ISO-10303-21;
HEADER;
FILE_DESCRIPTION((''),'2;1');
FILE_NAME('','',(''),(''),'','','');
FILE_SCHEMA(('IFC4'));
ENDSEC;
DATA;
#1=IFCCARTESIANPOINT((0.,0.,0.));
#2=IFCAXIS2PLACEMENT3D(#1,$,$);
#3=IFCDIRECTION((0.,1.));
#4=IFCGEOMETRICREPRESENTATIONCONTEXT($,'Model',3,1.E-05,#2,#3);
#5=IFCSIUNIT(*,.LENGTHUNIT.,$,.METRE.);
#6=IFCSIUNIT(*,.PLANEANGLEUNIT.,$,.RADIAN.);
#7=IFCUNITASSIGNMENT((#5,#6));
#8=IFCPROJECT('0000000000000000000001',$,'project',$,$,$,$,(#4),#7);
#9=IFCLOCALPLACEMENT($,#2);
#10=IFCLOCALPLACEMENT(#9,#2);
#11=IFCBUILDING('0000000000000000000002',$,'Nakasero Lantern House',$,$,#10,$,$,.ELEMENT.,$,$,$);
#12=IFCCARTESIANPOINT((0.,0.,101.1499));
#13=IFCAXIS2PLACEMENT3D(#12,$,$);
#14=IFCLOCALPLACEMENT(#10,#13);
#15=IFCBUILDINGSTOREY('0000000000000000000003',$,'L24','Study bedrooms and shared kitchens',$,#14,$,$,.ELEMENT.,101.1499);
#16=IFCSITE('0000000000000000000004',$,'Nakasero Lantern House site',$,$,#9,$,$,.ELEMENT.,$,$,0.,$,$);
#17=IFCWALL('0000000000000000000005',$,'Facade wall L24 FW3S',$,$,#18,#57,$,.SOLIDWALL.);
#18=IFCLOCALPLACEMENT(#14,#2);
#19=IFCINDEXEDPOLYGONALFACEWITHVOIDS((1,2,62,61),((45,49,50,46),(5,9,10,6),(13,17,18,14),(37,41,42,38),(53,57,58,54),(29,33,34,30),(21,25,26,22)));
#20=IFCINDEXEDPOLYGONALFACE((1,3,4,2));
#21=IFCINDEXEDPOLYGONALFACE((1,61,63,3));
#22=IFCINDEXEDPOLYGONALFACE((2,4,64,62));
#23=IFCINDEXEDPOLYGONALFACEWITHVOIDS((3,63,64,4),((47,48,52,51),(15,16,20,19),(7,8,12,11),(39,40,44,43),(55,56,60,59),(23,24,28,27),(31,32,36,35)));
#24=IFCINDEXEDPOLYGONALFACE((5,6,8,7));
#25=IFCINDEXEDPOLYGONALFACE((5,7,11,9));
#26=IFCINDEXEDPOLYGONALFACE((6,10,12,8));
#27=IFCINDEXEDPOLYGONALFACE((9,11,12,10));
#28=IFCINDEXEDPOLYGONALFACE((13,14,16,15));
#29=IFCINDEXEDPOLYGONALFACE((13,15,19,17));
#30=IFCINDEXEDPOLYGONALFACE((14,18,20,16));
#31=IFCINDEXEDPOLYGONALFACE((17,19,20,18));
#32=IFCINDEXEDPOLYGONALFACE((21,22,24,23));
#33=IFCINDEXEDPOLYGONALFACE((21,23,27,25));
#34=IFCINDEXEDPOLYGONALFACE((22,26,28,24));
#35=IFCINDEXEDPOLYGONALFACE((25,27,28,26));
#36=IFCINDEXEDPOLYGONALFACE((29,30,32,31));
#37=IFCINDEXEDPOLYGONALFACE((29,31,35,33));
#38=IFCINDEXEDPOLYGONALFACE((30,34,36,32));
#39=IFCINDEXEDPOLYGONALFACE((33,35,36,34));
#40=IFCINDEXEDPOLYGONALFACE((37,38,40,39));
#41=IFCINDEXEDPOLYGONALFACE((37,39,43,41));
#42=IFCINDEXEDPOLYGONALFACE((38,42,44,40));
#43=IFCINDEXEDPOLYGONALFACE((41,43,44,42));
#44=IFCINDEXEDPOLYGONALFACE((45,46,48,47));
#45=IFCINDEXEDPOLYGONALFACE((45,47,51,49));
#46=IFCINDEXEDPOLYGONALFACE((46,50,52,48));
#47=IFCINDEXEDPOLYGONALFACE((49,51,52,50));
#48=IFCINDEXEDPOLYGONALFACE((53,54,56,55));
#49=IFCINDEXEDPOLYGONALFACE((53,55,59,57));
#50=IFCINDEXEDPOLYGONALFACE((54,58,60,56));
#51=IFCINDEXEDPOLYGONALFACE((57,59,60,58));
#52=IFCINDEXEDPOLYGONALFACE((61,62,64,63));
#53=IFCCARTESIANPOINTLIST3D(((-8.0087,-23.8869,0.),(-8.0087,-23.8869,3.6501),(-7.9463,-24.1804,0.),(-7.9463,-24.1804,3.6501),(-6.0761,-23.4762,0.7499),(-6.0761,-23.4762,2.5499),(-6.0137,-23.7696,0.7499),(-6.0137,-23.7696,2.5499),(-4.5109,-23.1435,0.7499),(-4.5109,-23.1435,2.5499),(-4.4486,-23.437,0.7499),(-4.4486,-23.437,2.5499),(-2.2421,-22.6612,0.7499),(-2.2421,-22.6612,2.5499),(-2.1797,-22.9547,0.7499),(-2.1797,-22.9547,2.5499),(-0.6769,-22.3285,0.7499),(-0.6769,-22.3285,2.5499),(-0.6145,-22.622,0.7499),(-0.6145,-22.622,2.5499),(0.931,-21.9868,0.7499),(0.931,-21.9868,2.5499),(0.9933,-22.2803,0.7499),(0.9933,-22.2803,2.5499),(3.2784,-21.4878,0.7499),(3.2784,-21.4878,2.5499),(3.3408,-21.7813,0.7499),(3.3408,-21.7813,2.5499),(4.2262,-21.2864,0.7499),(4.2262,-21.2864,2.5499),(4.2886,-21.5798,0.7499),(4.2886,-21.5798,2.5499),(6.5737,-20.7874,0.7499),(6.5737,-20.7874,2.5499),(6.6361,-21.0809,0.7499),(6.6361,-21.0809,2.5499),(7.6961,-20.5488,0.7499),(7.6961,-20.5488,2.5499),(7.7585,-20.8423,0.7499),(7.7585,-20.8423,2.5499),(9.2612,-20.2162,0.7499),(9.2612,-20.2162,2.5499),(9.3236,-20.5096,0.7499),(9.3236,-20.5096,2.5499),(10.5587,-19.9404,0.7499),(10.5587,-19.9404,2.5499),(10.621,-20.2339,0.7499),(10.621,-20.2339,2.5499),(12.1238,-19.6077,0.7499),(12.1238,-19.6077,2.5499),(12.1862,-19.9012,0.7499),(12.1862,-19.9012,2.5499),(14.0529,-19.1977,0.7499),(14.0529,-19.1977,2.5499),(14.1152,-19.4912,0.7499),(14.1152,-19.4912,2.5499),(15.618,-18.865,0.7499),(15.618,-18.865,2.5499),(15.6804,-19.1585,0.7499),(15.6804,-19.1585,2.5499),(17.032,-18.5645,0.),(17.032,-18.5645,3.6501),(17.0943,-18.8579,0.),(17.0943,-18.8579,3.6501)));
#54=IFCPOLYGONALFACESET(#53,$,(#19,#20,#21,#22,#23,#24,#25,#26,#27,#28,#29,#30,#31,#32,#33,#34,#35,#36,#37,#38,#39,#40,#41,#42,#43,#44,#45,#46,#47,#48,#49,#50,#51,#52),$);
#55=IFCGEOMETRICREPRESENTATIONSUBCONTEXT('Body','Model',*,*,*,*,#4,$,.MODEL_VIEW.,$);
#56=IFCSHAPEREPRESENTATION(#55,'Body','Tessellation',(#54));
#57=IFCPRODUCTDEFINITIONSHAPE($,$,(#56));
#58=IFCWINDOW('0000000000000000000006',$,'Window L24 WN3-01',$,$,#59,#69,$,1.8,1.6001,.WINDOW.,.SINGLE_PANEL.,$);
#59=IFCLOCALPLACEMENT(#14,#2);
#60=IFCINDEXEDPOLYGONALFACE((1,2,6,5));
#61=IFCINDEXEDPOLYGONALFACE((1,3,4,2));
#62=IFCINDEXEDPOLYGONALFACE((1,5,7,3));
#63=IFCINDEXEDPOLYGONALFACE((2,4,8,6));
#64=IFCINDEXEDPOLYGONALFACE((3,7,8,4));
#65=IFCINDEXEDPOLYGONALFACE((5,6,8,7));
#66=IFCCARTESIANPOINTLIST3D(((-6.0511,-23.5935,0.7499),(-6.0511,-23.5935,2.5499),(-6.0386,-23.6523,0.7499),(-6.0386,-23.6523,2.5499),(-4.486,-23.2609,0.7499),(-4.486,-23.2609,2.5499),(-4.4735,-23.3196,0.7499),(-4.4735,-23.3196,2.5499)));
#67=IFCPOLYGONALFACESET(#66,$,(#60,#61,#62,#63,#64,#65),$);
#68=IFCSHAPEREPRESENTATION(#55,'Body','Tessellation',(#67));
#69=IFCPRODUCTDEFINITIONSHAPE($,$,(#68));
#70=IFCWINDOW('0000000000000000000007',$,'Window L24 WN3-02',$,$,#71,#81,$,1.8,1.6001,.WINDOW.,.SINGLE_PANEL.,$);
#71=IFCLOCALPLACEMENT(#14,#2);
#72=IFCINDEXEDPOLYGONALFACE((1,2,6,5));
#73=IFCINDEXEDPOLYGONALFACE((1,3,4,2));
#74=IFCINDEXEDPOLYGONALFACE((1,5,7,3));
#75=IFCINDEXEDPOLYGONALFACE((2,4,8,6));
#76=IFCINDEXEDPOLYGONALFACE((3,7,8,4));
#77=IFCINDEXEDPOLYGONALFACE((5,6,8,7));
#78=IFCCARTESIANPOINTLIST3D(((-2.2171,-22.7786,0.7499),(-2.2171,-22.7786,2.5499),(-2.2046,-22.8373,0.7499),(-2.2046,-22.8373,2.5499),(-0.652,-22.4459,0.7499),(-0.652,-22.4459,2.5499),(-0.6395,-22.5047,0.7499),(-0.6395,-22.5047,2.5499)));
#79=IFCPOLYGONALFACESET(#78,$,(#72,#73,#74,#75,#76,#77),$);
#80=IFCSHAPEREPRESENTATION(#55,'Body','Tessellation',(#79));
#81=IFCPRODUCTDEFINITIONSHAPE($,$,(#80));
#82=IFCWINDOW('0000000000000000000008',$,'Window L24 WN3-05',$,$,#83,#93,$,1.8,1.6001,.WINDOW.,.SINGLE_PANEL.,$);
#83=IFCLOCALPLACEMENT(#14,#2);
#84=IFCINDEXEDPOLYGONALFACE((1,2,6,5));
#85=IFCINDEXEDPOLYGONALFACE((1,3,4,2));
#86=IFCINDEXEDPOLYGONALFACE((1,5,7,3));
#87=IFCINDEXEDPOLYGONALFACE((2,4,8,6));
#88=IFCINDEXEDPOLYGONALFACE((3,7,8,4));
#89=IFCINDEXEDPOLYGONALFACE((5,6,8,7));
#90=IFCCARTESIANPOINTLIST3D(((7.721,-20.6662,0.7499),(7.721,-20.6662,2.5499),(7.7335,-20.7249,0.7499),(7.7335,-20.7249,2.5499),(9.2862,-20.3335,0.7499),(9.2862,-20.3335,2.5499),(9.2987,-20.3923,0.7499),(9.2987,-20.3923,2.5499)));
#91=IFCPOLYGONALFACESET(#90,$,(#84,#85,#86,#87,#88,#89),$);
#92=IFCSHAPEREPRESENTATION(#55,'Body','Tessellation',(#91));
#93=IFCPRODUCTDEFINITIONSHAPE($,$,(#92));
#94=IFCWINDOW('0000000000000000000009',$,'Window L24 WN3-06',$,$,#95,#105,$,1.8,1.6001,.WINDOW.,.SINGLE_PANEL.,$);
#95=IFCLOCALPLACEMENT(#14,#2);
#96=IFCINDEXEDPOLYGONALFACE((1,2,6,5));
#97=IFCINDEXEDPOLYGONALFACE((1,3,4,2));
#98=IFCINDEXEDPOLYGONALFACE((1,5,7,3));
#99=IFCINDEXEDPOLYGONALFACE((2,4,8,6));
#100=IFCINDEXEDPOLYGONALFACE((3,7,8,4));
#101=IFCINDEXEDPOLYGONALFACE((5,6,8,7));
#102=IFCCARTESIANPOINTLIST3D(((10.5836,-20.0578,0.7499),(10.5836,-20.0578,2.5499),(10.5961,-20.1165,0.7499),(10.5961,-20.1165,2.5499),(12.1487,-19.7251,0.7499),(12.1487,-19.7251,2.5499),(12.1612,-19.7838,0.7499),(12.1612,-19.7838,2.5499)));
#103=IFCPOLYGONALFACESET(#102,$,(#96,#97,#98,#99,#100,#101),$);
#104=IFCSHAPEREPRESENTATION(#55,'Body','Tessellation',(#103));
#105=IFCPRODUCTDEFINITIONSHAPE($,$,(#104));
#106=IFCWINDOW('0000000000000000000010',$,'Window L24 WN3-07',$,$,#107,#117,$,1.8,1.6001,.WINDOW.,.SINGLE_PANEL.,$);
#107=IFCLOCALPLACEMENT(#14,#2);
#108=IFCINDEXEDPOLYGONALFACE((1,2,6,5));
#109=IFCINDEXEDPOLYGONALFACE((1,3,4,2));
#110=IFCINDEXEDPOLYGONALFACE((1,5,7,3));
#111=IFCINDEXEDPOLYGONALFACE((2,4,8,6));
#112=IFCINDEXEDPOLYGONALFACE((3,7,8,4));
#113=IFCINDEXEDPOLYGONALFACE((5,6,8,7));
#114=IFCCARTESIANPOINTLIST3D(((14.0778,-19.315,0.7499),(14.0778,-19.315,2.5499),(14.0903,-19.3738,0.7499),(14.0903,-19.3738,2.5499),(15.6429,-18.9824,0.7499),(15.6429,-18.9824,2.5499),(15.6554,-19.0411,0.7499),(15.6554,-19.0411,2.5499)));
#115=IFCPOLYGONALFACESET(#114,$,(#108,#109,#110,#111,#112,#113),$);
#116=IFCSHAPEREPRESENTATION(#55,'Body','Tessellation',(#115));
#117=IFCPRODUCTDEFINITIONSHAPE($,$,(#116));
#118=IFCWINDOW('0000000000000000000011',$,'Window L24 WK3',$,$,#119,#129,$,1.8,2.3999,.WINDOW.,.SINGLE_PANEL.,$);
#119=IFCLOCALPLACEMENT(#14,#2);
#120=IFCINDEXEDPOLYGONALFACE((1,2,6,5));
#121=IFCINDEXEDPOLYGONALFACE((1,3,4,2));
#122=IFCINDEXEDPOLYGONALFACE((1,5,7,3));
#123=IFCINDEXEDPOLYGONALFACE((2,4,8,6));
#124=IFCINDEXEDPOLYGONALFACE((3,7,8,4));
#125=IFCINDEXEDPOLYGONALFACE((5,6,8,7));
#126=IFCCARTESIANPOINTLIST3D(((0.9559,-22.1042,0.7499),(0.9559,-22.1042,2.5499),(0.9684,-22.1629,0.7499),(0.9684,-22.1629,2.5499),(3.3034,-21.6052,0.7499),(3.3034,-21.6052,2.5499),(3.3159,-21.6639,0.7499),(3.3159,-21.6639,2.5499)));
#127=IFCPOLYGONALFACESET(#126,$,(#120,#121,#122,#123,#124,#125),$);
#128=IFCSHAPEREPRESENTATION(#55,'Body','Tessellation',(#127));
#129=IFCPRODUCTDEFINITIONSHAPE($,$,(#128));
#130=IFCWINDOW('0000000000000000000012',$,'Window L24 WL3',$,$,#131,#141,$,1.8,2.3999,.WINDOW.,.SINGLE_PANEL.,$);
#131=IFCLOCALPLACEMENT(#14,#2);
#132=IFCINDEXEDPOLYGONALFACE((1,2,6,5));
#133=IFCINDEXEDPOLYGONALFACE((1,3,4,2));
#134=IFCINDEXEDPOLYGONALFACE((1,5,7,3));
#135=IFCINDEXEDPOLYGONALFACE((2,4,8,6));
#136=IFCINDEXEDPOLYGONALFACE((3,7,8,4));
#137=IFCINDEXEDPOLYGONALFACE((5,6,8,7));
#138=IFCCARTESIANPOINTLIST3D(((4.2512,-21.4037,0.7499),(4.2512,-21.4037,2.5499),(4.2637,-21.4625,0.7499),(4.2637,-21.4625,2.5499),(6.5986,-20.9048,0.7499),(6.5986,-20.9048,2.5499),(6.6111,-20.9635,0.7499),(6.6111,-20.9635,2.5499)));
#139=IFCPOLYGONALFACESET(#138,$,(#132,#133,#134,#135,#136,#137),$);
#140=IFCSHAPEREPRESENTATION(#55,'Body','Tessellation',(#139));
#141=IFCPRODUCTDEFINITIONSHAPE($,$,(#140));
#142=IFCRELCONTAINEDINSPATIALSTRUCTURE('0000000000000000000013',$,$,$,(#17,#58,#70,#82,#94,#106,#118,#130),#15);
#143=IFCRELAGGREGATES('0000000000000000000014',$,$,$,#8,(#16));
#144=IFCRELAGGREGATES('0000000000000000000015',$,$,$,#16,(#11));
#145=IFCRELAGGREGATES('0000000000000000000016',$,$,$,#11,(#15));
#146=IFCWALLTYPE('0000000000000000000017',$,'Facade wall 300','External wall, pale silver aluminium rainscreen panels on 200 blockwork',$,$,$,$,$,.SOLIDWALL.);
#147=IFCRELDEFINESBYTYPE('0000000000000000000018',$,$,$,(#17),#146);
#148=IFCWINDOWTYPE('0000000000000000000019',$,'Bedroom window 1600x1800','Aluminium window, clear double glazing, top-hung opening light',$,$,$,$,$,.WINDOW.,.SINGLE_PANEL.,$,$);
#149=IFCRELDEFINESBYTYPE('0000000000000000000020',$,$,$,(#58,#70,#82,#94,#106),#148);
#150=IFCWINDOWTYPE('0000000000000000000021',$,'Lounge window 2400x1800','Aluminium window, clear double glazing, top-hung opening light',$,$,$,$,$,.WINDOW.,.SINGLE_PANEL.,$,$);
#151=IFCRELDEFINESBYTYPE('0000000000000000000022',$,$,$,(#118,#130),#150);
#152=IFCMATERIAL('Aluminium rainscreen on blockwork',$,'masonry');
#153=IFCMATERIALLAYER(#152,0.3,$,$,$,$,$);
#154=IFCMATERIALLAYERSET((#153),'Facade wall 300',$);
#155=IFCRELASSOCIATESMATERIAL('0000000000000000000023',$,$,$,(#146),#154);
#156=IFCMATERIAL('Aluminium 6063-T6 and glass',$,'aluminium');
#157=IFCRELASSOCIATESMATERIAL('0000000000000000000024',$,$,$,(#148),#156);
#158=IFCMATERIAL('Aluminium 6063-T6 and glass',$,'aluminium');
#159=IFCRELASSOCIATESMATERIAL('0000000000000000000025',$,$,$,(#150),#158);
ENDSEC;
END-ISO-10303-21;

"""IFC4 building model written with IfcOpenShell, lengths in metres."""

from ifc_helpers import new_model, si_unit, direction, frame, frame_2d, origin, place, context, subcontext, project, spatial, rectangle, extrude, material, layer, layer_set, type_object, element, fill, save


model = new_model("IFC4")

# Units and contexts
model_context = context("Model", 3, precision=1e-05, world=origin(), true_north=direction((0.0, 1.0)))
body_context = subcontext(model_context, "Body", "Model", "MODEL_VIEW")
ifc_project = project(units=[si_unit("LENGTHUNIT", "METRE"), si_unit("PLANEANGLEUNIT", "RADIAN")], contexts=[model_context])

# Site, building, storey
site_placement = place(None, origin())
site = spatial("IfcSite", under=ifc_project, at=site_placement, Name="Nakasero Lantern House site", CompositionType="ELEMENT", RefElevation=0.0)
building_placement = place(site_placement, origin())
building = spatial("IfcBuilding", under=site, at=building_placement, Name="Nakasero Lantern House", CompositionType="ELEMENT")
storey_placement = place(building_placement, frame((0.0, 0.0, 101.1499)))
storey = spatial("IfcBuildingStorey", under=building, at=storey_placement, Name="L24", Description="Study bedrooms and shared kitchens", CompositionType="ELEMENT", Elevation=101.1499)

# Wall, openings, windows
ifc_material_1 = material(Name="Aluminium rainscreen on blockwork", Category="masonry")
ifc_layer_1 = layer(ifc_material_1, 0.3)
ifc_layer_set_1 = layer_set([ifc_layer_1], Name="Facade wall 300")
wall_type_1 = type_object("IfcWallType", Name="Facade wall 300", Description="External wall, pale silver aluminium rainscreen panels on 200 blockwork", PredefinedType="SOLIDWALL", material=ifc_layer_set_1)
wall_1_placement = place(storey_placement, frame((-7.9775, -24.0337, 0.0), z_axis=(0.0, 0.0, 1.0), x_axis=(0.978148, 0.207909, 0.0)))
wall_1 = element("IfcWall", 1, at=wall_1_placement, inside=storey, type_object=wall_type_1, Name="Facade wall L24 FW3S", PredefinedType="SOLIDWALL", context=body_context, shape_type="SweptSolid", body=[
    extrude(rectangle(XDim=25.6001, YDim=0.3, at=frame_2d((12.8, 0.0))), origin(), (0.0, 0.0, 1.0), 3.6501),
])
opening_1_placement = place(wall_1_placement, frame((1.9758, 0.0, 0.75)))
opening_1 = element("IfcOpeningElement", 2, at=opening_1_placement, cuts=wall_1, PredefinedType="OPENING", context=body_context, shape_type="SweptSolid", body=[
    extrude(rectangle(XDim=1.6001, YDim=1.8, at=frame_2d((0.8, 0.8999))), frame((0.0, 0.1699, 0.0), z_axis=(0.0, -1.0, 0.0), x_axis=(1.0, 0.0, 0.0)), (0.0, 0.0, 1.0), 0.3401),
])
opening_2_placement = place(wall_1_placement, frame((5.8955, 0.0, 0.75)))
opening_2 = element("IfcOpeningElement", 3, at=opening_2_placement, cuts=wall_1, PredefinedType="OPENING", context=body_context, shape_type="SweptSolid", body=[
    extrude(rectangle(XDim=1.6001, YDim=1.8, at=frame_2d((0.8, 0.8999))), frame((0.0, 0.1699, 0.0), z_axis=(0.0, -1.0, 0.0), x_axis=(1.0, 0.0, 0.0)), (0.0, 0.0, 1.0), 0.3401),
])
opening_3_placement = place(wall_1_placement, frame((16.0557, 0.0, 0.75)))
opening_3 = element("IfcOpeningElement", 4, at=opening_3_placement, cuts=wall_1, PredefinedType="OPENING", context=body_context, shape_type="SweptSolid", body=[
    extrude(rectangle(XDim=1.6001, YDim=1.8, at=frame_2d((0.8, 0.8999))), frame((0.0, 0.1699, 0.0), z_axis=(0.0, -1.0, 0.0), x_axis=(1.0, 0.0, 0.0)), (0.0, 0.0, 1.0), 0.3401),
])
opening_4_placement = place(wall_1_placement, frame((18.9822, 0.0, 0.75)))
opening_4 = element("IfcOpeningElement", 5, at=opening_4_placement, cuts=wall_1, PredefinedType="OPENING", context=body_context, shape_type="SweptSolid", body=[
    extrude(rectangle(XDim=1.6001, YDim=1.8, at=frame_2d((0.8, 0.8999))), frame((0.0, 0.1699, 0.0), z_axis=(0.0, -1.0, 0.0), x_axis=(1.0, 0.0, 0.0)), (0.0, 0.0, 1.0), 0.3401),
])
opening_5_placement = place(wall_1_placement, frame((22.5544, 0.0, 0.75)))
opening_5 = element("IfcOpeningElement", 6, at=opening_5_placement, cuts=wall_1, PredefinedType="OPENING", context=body_context, shape_type="SweptSolid", body=[
    extrude(rectangle(XDim=1.6001, YDim=1.8, at=frame_2d((0.8, 0.8999))), frame((0.0, 0.1699, 0.0), z_axis=(0.0, -1.0, 0.0), x_axis=(1.0, 0.0, 0.0)), (0.0, 0.0, 1.0), 0.3401),
])
opening_6_placement = place(wall_1_placement, frame((9.1394, 0.0, 0.75)))
opening_6 = element("IfcOpeningElement", 7, at=opening_6_placement, cuts=wall_1, PredefinedType="OPENING", context=body_context, shape_type="SweptSolid", body=[
    extrude(rectangle(XDim=2.3999, YDim=1.8, at=frame_2d((1.2, 0.8999))), frame((0.0, 0.1699, 0.0), z_axis=(0.0, -1.0, 0.0), x_axis=(1.0, 0.0, 0.0)), (0.0, 0.0, 1.0), 0.3401),
])
opening_7_placement = place(wall_1_placement, frame((12.5083, 0.0, 0.75)))
opening_7 = element("IfcOpeningElement", 8, at=opening_7_placement, cuts=wall_1, PredefinedType="OPENING", context=body_context, shape_type="SweptSolid", body=[
    extrude(rectangle(XDim=2.3999, YDim=1.8, at=frame_2d((1.2, 0.8999))), frame((0.0, 0.1699, 0.0), z_axis=(0.0, -1.0, 0.0), x_axis=(1.0, 0.0, 0.0)), (0.0, 0.0, 1.0), 0.3401),
])
ifc_material_2 = material(Name="Aluminium 6063-T6 and glass", Category="aluminium")
window_type_1 = type_object("IfcWindowType", Name="Bedroom window 1600x1800", Description="Aluminium window, clear double glazing, top-hung opening light", PartitioningType="SINGLE_PANEL", PredefinedType="WINDOW", material=ifc_material_2)
window_1_placement = place(opening_1_placement, origin())
window_1 = element("IfcWindow", 9, at=window_1_placement, inside=storey, type_object=window_type_1, Name="Window L24 WN3-01", OverallHeight=1.8, OverallWidth=1.6001, PartitioningType="SINGLE_PANEL", PredefinedType="WINDOW", context=body_context, shape_type="SweptSolid", body=[
    extrude(rectangle(XDim=1.6001, YDim=1.8, at=frame_2d((0.8, 0.8999))), frame((0.0, 0.03, 0.0), z_axis=(0.0, -1.0, 0.0), x_axis=(1.0, 0.0, 0.0)), (0.0, 0.0, 1.0), 0.0601),
])
fill(opening_1, window_1)
window_2_placement = place(opening_2_placement, origin())
window_2 = element("IfcWindow", 10, at=window_2_placement, inside=storey, type_object=window_type_1, Name="Window L24 WN3-02", OverallHeight=1.8, OverallWidth=1.6001, PartitioningType="SINGLE_PANEL", PredefinedType="WINDOW", context=body_context, shape_type="SweptSolid", body=[
    extrude(rectangle(XDim=1.6001, YDim=1.8, at=frame_2d((0.8, 0.8999))), frame((0.0, 0.03, 0.0), z_axis=(0.0, -1.0, 0.0), x_axis=(1.0, 0.0, 0.0)), (0.0, 0.0, 1.0), 0.0601),
])
fill(opening_2, window_2)
window_3_placement = place(opening_3_placement, origin())
window_3 = element("IfcWindow", 11, at=window_3_placement, inside=storey, type_object=window_type_1, Name="Window L24 WN3-05", OverallHeight=1.8, OverallWidth=1.6001, PartitioningType="SINGLE_PANEL", PredefinedType="WINDOW", context=body_context, shape_type="SweptSolid", body=[
    extrude(rectangle(XDim=1.6001, YDim=1.8, at=frame_2d((0.8, 0.8999))), frame((0.0, 0.03, 0.0), z_axis=(0.0, -1.0, 0.0), x_axis=(1.0, 0.0, 0.0)), (0.0, 0.0, 1.0), 0.0601),
])
fill(opening_3, window_3)
window_4_placement = place(opening_4_placement, origin())
window_4 = element("IfcWindow", 12, at=window_4_placement, inside=storey, type_object=window_type_1, Name="Window L24 WN3-06", OverallHeight=1.8, OverallWidth=1.6001, PartitioningType="SINGLE_PANEL", PredefinedType="WINDOW", context=body_context, shape_type="SweptSolid", body=[
    extrude(rectangle(XDim=1.6001, YDim=1.8, at=frame_2d((0.8, 0.8999))), frame((0.0, 0.03, 0.0), z_axis=(0.0, -1.0, 0.0), x_axis=(1.0, 0.0, 0.0)), (0.0, 0.0, 1.0), 0.0601),
])
fill(opening_4, window_4)
window_5_placement = place(opening_5_placement, origin())
window_5 = element("IfcWindow", 13, at=window_5_placement, inside=storey, type_object=window_type_1, Name="Window L24 WN3-07", OverallHeight=1.8, OverallWidth=1.6001, PartitioningType="SINGLE_PANEL", PredefinedType="WINDOW", context=body_context, shape_type="SweptSolid", body=[
    extrude(rectangle(XDim=1.6001, YDim=1.8, at=frame_2d((0.8, 0.8999))), frame((0.0, 0.03, 0.0), z_axis=(0.0, -1.0, 0.0), x_axis=(1.0, 0.0, 0.0)), (0.0, 0.0, 1.0), 0.0601),
])
fill(opening_5, window_5)
ifc_material_3 = material(Name="Aluminium 6063-T6 and glass", Category="aluminium")
window_type_2 = type_object("IfcWindowType", Name="Lounge window 2400x1800", Description="Aluminium window, clear double glazing, top-hung opening light", PartitioningType="SINGLE_PANEL", PredefinedType="WINDOW", material=ifc_material_3)
window_6_placement = place(opening_6_placement, origin())
window_6 = element("IfcWindow", 14, at=window_6_placement, inside=storey, type_object=window_type_2, Name="Window L24 WK3", OverallHeight=1.8, OverallWidth=2.3999, PartitioningType="SINGLE_PANEL", PredefinedType="WINDOW", context=body_context, shape_type="SweptSolid", body=[
    extrude(rectangle(XDim=2.3999, YDim=1.8, at=frame_2d((1.2, 0.8999))), frame((0.0, 0.03, 0.0), z_axis=(0.0, -1.0, 0.0), x_axis=(1.0, 0.0, 0.0)), (0.0, 0.0, 1.0), 0.0601),
])
fill(opening_6, window_6)
window_7_placement = place(opening_7_placement, origin())
window_7 = element("IfcWindow", 15, at=window_7_placement, inside=storey, type_object=window_type_2, Name="Window L24 WL3", OverallHeight=1.8, OverallWidth=2.3999, PartitioningType="SINGLE_PANEL", PredefinedType="WINDOW", context=body_context, shape_type="SweptSolid", body=[
    extrude(rectangle(XDim=2.3999, YDim=1.8, at=frame_2d((1.2, 0.8999))), frame((0.0, 0.03, 0.0), z_axis=(0.0, -1.0, 0.0), x_axis=(1.0, 0.0, 0.0)), (0.0, 0.0, 1.0), 0.0601),
])
fill(opening_7, window_7)

save(model, "model.ifc")
